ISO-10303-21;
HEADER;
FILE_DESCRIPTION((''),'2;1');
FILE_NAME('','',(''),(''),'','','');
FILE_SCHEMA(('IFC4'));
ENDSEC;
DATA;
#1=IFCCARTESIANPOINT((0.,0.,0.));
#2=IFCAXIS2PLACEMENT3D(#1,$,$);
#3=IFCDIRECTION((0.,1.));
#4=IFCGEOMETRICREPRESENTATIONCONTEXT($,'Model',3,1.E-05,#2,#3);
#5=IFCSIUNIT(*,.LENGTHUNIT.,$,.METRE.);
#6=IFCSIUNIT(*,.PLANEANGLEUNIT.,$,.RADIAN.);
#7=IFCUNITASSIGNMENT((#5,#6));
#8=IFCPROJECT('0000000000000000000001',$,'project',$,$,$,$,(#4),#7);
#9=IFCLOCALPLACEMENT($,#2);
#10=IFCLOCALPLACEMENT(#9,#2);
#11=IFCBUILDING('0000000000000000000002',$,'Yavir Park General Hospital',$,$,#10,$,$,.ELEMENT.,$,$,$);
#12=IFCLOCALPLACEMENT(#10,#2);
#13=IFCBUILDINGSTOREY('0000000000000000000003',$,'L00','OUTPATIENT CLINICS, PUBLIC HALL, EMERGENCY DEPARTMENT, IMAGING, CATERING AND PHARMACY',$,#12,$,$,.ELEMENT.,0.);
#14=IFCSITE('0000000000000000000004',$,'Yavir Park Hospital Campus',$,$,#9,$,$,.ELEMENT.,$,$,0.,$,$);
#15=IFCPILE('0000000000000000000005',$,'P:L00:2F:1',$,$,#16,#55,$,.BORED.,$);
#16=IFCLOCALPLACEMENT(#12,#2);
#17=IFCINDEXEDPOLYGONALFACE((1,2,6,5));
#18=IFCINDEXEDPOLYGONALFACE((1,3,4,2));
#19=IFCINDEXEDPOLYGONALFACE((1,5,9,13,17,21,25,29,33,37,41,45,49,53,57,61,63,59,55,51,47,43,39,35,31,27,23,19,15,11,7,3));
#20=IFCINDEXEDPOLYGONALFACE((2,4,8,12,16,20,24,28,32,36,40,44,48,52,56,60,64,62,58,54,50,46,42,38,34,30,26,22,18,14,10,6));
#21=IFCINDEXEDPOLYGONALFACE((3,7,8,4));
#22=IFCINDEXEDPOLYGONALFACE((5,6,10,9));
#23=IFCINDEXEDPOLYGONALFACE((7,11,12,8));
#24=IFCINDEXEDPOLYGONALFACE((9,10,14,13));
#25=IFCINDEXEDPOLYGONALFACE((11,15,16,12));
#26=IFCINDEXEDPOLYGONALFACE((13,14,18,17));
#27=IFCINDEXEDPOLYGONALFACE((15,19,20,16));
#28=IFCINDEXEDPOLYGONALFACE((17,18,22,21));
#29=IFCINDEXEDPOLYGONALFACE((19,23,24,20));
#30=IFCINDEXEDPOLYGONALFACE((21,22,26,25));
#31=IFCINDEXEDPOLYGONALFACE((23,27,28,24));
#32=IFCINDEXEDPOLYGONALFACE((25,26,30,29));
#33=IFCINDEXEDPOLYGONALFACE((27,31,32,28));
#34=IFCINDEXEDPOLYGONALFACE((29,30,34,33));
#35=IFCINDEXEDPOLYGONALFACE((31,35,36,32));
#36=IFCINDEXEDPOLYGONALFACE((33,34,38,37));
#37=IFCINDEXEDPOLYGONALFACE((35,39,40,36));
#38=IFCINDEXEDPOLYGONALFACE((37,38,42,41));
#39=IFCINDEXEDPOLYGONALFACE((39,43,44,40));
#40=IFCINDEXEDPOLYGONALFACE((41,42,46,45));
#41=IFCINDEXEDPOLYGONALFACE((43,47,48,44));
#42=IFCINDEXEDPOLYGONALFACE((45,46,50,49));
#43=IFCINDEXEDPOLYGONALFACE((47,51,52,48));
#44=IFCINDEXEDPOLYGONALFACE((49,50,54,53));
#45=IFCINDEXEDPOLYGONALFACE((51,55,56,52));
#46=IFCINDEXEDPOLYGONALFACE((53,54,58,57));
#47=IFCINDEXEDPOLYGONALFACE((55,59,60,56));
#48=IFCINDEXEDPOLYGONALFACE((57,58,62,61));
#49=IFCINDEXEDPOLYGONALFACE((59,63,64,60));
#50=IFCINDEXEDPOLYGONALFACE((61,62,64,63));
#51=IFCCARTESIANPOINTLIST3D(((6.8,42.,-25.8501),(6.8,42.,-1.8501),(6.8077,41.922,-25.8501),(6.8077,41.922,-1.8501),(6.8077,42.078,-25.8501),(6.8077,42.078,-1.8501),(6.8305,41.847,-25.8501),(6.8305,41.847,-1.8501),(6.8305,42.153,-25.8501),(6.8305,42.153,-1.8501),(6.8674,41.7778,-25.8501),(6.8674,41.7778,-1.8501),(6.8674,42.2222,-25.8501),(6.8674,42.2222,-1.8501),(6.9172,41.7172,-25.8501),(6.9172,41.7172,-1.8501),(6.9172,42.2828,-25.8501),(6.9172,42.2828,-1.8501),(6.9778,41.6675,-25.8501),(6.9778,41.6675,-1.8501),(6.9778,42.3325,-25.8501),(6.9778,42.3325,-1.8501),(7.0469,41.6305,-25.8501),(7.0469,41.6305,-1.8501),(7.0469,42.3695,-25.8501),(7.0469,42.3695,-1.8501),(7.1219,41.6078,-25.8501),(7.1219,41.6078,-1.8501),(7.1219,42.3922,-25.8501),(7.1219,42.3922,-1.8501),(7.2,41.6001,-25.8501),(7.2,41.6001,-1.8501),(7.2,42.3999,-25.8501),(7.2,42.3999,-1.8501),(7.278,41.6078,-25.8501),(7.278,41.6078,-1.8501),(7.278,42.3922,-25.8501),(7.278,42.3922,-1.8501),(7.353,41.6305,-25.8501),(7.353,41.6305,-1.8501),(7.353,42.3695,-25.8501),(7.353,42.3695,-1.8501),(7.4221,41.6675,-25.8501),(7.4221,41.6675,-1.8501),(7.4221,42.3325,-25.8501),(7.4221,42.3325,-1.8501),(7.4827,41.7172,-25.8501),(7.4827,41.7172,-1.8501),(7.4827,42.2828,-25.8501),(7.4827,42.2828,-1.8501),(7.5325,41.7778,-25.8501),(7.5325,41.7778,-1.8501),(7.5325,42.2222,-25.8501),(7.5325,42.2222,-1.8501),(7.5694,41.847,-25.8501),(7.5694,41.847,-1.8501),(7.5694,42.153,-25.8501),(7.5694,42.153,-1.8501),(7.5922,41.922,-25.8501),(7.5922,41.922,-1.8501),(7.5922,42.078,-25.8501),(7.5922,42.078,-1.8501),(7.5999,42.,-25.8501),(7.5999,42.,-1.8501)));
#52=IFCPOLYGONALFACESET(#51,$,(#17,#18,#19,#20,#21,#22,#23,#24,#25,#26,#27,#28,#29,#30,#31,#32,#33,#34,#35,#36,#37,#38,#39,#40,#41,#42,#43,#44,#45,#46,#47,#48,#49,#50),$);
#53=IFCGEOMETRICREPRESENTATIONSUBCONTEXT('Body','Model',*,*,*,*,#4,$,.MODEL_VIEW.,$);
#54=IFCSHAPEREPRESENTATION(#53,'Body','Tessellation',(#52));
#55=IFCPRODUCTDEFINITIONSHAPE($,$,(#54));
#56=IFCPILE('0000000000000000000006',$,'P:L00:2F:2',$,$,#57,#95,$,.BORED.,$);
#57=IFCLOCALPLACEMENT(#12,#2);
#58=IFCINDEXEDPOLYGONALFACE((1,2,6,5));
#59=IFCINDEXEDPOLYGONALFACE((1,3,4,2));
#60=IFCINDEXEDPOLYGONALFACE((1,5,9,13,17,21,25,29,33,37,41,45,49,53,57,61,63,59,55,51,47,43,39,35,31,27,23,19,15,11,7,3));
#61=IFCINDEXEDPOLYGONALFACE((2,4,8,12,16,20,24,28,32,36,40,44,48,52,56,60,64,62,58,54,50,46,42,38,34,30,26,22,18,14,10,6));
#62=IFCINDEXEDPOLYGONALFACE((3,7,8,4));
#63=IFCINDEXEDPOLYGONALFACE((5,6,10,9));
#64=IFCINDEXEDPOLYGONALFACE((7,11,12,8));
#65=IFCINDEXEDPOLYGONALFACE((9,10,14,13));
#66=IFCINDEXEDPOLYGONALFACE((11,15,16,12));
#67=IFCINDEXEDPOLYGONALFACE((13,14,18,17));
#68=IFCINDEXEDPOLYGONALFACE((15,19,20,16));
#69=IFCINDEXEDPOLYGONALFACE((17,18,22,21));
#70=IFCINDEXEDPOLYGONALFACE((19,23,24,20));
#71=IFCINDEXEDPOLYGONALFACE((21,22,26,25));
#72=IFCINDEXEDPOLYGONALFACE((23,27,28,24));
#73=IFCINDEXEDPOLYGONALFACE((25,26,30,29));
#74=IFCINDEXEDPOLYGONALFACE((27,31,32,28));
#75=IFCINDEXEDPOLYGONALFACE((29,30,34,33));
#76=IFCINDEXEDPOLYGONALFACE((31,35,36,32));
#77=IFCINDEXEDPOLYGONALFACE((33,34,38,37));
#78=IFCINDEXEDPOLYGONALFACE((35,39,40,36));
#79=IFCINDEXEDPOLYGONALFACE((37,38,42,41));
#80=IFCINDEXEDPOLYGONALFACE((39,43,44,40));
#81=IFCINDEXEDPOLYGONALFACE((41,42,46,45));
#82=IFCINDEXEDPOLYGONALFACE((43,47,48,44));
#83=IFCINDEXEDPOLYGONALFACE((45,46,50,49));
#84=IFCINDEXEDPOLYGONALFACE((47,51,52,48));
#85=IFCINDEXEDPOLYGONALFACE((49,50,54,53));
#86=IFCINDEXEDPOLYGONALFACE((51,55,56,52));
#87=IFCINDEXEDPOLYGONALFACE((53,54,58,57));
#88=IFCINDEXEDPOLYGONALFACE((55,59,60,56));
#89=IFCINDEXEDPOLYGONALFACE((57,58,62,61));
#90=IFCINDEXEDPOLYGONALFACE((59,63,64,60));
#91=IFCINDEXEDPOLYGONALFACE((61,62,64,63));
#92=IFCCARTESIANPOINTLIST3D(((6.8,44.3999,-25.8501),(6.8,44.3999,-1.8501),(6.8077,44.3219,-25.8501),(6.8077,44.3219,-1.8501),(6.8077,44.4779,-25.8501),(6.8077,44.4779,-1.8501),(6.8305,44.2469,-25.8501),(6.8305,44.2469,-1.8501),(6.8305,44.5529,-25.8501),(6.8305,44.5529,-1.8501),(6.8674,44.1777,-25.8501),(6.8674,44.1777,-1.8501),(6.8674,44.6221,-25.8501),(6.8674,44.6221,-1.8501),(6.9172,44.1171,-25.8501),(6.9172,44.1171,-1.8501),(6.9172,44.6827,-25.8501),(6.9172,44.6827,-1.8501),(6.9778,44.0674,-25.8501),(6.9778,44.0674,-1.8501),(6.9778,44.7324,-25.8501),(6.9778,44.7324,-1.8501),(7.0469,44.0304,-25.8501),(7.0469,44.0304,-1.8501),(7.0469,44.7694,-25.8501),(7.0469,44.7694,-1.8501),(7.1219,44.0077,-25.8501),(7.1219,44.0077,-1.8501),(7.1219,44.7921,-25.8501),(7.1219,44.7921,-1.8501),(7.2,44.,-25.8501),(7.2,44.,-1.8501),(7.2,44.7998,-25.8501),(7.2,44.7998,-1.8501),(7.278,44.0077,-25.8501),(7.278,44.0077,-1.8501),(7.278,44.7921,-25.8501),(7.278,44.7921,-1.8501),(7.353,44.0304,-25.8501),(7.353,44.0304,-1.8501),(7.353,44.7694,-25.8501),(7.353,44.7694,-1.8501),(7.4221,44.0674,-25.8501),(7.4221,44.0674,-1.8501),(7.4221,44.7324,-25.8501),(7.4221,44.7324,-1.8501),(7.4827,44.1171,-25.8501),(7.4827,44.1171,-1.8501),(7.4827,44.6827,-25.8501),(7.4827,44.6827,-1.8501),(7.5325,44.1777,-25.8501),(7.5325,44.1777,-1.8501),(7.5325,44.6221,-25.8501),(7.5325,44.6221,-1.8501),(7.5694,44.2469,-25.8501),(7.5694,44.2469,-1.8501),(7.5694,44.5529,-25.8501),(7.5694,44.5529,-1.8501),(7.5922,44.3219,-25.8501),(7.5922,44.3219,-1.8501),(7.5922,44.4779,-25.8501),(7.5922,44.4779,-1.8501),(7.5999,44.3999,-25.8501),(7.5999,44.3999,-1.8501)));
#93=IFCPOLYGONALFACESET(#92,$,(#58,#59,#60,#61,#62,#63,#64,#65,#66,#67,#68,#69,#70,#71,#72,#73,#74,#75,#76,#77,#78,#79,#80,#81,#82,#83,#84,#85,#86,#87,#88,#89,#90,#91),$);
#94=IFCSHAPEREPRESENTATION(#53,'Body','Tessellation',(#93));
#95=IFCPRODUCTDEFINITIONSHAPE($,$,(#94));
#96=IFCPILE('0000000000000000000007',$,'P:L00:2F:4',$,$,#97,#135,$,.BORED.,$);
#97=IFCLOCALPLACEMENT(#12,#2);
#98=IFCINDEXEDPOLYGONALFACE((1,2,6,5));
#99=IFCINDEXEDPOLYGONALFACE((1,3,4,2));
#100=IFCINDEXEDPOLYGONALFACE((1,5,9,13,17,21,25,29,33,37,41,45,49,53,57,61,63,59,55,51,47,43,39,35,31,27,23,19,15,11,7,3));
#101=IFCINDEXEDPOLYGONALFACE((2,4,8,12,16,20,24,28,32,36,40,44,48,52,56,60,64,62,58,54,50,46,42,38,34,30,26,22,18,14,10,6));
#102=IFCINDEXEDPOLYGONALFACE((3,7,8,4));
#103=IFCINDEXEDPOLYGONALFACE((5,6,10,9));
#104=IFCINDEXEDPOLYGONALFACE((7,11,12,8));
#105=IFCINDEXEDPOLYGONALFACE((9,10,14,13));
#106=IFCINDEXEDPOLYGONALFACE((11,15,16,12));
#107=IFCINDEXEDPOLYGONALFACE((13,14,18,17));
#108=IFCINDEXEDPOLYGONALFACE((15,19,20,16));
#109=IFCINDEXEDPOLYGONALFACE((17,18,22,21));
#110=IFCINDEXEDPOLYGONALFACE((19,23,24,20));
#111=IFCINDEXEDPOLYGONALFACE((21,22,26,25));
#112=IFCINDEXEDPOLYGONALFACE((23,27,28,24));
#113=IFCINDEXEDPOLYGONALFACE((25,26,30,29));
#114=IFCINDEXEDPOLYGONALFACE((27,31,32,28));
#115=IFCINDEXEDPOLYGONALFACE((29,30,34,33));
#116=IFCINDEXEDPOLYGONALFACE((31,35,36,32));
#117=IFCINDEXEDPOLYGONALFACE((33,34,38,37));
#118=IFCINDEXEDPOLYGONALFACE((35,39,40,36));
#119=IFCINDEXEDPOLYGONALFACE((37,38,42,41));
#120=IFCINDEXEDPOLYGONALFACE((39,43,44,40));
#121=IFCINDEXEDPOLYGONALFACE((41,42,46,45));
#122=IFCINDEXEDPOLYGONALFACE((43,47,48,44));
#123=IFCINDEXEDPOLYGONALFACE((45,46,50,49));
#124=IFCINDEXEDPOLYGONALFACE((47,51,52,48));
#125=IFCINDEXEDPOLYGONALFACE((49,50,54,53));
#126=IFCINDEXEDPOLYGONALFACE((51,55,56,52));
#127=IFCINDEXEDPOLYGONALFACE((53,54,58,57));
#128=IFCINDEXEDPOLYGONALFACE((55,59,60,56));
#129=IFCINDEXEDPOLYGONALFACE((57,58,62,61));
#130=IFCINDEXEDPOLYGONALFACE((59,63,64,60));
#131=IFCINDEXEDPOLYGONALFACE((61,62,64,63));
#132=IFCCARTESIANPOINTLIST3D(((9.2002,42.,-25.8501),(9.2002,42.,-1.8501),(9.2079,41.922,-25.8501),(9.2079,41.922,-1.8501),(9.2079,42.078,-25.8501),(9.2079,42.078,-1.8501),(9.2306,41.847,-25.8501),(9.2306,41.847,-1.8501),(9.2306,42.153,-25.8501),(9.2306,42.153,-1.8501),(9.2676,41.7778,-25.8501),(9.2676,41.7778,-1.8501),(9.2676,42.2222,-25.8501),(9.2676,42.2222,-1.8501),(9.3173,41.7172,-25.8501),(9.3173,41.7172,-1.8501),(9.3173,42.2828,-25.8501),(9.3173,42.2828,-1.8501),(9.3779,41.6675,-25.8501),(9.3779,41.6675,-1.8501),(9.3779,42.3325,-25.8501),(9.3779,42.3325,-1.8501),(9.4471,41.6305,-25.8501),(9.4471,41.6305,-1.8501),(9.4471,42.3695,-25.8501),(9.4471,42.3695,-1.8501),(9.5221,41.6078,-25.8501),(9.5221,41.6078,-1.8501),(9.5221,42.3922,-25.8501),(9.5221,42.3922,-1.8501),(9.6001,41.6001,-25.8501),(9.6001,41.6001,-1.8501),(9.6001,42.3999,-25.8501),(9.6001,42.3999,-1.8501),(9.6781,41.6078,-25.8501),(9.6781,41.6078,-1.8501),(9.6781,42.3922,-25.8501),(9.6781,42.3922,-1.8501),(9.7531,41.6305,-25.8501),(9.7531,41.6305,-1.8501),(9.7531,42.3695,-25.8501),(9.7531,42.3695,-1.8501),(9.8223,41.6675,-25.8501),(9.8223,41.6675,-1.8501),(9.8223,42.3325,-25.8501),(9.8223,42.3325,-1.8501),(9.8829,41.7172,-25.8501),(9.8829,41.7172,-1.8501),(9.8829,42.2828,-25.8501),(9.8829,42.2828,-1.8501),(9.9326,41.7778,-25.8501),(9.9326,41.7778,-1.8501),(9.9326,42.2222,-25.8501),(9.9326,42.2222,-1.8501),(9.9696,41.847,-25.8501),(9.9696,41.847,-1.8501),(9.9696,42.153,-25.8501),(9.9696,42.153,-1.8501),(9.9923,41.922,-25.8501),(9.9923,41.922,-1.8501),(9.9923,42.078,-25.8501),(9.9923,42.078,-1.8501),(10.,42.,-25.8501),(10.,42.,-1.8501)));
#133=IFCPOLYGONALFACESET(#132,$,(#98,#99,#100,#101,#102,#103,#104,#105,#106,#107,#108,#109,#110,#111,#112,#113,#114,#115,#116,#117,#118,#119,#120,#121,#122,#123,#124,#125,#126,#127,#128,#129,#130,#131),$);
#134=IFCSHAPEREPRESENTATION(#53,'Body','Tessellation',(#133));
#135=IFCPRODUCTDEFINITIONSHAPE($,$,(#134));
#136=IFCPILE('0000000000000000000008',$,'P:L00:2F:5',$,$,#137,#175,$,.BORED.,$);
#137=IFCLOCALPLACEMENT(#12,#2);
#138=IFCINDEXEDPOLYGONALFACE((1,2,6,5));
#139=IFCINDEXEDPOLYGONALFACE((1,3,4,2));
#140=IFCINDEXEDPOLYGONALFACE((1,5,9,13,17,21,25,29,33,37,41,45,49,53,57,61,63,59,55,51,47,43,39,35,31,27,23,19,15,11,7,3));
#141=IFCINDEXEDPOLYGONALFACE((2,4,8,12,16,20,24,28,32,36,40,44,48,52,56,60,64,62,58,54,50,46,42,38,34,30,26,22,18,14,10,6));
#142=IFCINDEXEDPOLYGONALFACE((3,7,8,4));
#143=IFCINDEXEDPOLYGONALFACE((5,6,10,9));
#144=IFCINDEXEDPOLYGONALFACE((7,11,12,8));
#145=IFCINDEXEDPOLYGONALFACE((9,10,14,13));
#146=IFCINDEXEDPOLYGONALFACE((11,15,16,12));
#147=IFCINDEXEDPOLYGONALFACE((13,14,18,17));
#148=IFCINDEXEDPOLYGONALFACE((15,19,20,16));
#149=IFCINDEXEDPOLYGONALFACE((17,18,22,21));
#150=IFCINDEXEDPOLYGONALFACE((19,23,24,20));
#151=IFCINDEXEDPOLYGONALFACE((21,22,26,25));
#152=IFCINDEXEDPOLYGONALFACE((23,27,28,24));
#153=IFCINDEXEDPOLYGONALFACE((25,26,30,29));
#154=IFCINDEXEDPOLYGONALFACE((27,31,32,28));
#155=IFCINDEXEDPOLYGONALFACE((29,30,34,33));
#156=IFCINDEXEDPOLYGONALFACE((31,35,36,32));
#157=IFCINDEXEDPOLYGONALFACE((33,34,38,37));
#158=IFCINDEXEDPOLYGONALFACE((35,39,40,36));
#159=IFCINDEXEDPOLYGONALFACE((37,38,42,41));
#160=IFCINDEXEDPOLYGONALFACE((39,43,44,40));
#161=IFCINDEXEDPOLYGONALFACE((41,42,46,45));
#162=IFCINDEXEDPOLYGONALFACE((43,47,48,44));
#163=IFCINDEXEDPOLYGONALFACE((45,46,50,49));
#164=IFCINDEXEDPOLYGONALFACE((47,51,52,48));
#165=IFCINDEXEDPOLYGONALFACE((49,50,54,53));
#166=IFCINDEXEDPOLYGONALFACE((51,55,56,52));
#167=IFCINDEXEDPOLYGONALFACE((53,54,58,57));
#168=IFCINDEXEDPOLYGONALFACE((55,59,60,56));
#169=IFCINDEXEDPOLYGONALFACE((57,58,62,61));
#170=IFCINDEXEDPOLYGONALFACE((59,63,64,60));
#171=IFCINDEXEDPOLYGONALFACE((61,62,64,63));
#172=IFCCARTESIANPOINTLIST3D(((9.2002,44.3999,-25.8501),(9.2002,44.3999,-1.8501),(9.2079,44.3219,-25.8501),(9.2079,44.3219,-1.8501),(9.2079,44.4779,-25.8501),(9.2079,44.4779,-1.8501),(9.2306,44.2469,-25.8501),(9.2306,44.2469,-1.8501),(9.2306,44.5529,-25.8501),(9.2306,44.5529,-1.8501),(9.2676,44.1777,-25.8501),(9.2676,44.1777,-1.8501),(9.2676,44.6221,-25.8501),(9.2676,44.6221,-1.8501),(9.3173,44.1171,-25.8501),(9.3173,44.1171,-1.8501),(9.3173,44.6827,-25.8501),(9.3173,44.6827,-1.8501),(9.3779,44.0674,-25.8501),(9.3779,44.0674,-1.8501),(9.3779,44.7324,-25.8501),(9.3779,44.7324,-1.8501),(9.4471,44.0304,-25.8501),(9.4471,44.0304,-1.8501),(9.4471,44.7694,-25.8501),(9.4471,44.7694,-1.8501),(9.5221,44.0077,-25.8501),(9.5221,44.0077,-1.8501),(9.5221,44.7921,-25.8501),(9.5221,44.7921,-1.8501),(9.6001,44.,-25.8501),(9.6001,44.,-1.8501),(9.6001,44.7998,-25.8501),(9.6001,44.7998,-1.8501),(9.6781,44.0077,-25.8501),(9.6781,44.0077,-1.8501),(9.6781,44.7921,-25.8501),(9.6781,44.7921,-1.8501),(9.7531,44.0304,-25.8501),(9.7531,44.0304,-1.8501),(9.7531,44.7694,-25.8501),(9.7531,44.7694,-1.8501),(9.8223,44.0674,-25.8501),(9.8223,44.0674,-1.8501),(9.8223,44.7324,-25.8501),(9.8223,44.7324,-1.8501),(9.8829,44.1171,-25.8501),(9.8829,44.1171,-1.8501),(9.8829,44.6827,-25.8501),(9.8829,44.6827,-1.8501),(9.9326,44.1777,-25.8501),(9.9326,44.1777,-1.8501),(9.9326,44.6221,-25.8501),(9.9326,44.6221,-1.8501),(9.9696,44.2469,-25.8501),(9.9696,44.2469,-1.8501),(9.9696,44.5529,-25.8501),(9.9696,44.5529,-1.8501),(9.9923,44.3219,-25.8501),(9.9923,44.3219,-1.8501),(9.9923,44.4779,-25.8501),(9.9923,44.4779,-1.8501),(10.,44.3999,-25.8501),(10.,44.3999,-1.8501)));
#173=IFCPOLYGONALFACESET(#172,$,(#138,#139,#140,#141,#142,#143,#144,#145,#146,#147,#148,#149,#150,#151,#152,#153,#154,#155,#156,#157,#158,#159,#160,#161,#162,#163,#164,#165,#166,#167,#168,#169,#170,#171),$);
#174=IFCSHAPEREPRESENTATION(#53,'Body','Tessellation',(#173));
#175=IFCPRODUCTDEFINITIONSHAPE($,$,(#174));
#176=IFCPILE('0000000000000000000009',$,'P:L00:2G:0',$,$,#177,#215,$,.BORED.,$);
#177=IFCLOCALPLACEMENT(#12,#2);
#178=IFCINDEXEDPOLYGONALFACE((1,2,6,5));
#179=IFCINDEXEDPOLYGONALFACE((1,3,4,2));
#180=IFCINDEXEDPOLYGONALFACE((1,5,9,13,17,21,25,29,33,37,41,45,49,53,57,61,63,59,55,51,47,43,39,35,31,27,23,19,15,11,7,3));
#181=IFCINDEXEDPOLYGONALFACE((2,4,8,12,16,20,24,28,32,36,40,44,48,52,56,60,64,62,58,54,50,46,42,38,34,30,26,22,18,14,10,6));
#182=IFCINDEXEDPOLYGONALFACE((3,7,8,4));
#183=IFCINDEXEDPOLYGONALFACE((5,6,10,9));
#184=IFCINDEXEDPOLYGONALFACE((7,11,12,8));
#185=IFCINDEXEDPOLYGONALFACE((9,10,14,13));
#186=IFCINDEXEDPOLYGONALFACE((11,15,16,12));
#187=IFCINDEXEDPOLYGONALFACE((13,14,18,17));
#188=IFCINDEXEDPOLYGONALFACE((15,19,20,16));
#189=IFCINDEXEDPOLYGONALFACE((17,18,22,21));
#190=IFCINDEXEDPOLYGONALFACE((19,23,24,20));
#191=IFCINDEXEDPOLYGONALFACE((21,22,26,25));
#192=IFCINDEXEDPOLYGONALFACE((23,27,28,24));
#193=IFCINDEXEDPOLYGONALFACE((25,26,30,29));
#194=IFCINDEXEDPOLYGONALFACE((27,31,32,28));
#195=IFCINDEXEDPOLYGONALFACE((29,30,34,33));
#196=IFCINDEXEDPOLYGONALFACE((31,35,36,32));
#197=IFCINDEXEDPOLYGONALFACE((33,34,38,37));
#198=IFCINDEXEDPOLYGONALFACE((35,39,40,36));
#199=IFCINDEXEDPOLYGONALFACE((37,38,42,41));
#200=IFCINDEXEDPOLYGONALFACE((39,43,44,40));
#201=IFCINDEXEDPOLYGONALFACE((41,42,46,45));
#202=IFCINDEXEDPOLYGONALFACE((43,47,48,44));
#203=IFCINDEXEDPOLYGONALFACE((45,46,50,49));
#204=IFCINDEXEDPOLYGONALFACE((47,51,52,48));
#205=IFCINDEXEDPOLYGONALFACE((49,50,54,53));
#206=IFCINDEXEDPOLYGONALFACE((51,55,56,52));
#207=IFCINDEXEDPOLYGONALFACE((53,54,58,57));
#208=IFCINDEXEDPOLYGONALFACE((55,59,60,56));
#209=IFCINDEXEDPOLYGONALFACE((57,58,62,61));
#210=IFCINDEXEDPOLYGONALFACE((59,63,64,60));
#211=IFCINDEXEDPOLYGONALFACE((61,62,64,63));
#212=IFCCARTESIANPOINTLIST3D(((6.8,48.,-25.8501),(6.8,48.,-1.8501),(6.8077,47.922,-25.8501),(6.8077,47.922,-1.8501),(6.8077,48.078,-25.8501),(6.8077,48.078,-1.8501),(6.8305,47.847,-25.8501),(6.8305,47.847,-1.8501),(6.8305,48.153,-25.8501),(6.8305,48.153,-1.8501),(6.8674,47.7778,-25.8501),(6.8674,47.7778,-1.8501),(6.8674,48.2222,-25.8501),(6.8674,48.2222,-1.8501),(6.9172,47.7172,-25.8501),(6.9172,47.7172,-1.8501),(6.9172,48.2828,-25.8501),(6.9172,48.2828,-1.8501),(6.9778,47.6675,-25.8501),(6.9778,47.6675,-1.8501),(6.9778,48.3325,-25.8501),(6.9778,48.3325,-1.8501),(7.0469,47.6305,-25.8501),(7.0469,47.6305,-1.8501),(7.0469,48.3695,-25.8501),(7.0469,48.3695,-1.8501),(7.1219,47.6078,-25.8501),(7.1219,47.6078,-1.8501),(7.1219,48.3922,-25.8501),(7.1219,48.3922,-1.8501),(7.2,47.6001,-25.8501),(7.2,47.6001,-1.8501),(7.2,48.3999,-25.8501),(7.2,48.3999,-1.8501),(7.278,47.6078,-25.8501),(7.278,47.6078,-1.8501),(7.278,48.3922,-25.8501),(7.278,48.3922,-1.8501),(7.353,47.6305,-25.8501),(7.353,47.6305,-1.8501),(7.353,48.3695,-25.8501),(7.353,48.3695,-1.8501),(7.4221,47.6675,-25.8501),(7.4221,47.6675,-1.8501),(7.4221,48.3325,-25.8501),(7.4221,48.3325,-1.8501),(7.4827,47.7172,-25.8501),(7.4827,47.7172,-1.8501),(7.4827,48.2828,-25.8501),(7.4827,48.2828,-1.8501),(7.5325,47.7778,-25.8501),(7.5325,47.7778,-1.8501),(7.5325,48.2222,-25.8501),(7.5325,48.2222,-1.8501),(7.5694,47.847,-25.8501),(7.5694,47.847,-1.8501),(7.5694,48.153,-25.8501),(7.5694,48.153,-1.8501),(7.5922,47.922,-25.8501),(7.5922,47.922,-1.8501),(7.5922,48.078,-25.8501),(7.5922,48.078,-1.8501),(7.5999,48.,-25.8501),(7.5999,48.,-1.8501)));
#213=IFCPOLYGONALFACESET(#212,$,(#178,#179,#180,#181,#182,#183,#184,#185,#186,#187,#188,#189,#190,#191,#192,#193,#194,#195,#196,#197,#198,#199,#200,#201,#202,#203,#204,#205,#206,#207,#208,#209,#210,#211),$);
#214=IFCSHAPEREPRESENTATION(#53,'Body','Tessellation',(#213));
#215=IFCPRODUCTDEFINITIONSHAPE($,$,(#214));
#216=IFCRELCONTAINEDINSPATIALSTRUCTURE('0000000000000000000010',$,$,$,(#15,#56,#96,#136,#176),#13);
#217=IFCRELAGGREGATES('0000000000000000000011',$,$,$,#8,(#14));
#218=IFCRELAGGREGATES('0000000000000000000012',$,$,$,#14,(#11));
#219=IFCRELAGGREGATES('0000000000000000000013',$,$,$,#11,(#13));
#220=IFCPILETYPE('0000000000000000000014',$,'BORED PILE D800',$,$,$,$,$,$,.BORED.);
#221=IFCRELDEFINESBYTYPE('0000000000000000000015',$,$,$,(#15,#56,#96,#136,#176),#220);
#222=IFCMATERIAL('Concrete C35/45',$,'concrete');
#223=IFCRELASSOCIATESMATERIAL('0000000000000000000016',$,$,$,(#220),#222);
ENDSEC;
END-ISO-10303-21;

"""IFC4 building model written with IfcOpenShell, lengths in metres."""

from ifc_helpers import new_model, si_unit, direction, frame, origin, origin_2d, place, context, subcontext, project, spatial, circle, extrude, material, material_profile, profile_set, type_object, element, save


model = new_model("IFC4")

# Units and contexts
model_context = context("Model", 3, precision=1e-05, world=origin(), true_north=direction((0.0, 1.0)))
body_context = subcontext(model_context, "Body", "Model", "MODEL_VIEW")
ifc_project = project(units=[si_unit("LENGTHUNIT", "METRE"), si_unit("PLANEANGLEUNIT", "RADIAN")], contexts=[model_context])

# Site, building, storey
site_placement = place(None, origin())
site = spatial("IfcSite", under=ifc_project, at=site_placement, Name="Yavir Park Hospital Campus", CompositionType="ELEMENT", RefElevation=0.0)
building_placement = place(site_placement, origin())
building = spatial("IfcBuilding", under=site, at=building_placement, Name="Yavir Park General Hospital", CompositionType="ELEMENT")
storey_placement = place(building_placement, origin())
storey = spatial("IfcBuildingStorey", under=building, at=storey_placement, Name="L00", Description="OUTPATIENT CLINICS, PUBLIC HALL, EMERGENCY DEPARTMENT, IMAGING, CATERING AND PHARMACY", CompositionType="ELEMENT", Elevation=0.0)

# Piles
ifc_material_1 = material(Name="Concrete C35/45", Category="concrete")
ifc_material_profile_1 = material_profile(ifc_material_1, circle(Radius=0.3999, at=origin_2d()), Name="D800")
ifc_profile_set_1 = profile_set([ifc_material_profile_1], Name="Concrete C35/45")
pile_type_1 = type_object("IfcPileType", Name="BORED PILE D800", PredefinedType="BORED", material=ifc_profile_set_1)
for number, where, z_axis, x_axis, name in (
    (1, (7.2, 42.0, -1.8501), (0.0, 0.0, -1.0), (1.0, 0.0, 0.0), "P:L00:2F:1"),
    (2, (7.2, 44.3999, -1.8501), (0.0, 0.0, -1.0), (1.0, 0.0, 0.0), "P:L00:2F:2"),
    (3, (9.6001, 42.0, -1.8501), (0.0, 0.0, -1.0), (1.0, 0.0, 0.0), "P:L00:2F:4"),
    (4, (9.6001, 44.3999, -1.8501), (0.0, 0.0, -1.0), (1.0, 0.0, 0.0), "P:L00:2F:5"),
    (5, (7.2, 48.0, -1.8501), (0.0, 0.0, -1.0), (1.0, 0.0, 0.0), "P:L00:2G:0"),
):
    element("IfcPile", number, at=place(storey_placement, frame(where, z_axis=z_axis, x_axis=x_axis)), inside=storey, type_object=pile_type_1, Name=name, PredefinedType="BORED", context=body_context, shape_type="SweptSolid", body=[
        extrude(circle(Radius=0.3999, at=origin_2d()), origin(), (0.0, 0.0, 1.0), 24.0),
    ])

save(model, "model.ifc")
